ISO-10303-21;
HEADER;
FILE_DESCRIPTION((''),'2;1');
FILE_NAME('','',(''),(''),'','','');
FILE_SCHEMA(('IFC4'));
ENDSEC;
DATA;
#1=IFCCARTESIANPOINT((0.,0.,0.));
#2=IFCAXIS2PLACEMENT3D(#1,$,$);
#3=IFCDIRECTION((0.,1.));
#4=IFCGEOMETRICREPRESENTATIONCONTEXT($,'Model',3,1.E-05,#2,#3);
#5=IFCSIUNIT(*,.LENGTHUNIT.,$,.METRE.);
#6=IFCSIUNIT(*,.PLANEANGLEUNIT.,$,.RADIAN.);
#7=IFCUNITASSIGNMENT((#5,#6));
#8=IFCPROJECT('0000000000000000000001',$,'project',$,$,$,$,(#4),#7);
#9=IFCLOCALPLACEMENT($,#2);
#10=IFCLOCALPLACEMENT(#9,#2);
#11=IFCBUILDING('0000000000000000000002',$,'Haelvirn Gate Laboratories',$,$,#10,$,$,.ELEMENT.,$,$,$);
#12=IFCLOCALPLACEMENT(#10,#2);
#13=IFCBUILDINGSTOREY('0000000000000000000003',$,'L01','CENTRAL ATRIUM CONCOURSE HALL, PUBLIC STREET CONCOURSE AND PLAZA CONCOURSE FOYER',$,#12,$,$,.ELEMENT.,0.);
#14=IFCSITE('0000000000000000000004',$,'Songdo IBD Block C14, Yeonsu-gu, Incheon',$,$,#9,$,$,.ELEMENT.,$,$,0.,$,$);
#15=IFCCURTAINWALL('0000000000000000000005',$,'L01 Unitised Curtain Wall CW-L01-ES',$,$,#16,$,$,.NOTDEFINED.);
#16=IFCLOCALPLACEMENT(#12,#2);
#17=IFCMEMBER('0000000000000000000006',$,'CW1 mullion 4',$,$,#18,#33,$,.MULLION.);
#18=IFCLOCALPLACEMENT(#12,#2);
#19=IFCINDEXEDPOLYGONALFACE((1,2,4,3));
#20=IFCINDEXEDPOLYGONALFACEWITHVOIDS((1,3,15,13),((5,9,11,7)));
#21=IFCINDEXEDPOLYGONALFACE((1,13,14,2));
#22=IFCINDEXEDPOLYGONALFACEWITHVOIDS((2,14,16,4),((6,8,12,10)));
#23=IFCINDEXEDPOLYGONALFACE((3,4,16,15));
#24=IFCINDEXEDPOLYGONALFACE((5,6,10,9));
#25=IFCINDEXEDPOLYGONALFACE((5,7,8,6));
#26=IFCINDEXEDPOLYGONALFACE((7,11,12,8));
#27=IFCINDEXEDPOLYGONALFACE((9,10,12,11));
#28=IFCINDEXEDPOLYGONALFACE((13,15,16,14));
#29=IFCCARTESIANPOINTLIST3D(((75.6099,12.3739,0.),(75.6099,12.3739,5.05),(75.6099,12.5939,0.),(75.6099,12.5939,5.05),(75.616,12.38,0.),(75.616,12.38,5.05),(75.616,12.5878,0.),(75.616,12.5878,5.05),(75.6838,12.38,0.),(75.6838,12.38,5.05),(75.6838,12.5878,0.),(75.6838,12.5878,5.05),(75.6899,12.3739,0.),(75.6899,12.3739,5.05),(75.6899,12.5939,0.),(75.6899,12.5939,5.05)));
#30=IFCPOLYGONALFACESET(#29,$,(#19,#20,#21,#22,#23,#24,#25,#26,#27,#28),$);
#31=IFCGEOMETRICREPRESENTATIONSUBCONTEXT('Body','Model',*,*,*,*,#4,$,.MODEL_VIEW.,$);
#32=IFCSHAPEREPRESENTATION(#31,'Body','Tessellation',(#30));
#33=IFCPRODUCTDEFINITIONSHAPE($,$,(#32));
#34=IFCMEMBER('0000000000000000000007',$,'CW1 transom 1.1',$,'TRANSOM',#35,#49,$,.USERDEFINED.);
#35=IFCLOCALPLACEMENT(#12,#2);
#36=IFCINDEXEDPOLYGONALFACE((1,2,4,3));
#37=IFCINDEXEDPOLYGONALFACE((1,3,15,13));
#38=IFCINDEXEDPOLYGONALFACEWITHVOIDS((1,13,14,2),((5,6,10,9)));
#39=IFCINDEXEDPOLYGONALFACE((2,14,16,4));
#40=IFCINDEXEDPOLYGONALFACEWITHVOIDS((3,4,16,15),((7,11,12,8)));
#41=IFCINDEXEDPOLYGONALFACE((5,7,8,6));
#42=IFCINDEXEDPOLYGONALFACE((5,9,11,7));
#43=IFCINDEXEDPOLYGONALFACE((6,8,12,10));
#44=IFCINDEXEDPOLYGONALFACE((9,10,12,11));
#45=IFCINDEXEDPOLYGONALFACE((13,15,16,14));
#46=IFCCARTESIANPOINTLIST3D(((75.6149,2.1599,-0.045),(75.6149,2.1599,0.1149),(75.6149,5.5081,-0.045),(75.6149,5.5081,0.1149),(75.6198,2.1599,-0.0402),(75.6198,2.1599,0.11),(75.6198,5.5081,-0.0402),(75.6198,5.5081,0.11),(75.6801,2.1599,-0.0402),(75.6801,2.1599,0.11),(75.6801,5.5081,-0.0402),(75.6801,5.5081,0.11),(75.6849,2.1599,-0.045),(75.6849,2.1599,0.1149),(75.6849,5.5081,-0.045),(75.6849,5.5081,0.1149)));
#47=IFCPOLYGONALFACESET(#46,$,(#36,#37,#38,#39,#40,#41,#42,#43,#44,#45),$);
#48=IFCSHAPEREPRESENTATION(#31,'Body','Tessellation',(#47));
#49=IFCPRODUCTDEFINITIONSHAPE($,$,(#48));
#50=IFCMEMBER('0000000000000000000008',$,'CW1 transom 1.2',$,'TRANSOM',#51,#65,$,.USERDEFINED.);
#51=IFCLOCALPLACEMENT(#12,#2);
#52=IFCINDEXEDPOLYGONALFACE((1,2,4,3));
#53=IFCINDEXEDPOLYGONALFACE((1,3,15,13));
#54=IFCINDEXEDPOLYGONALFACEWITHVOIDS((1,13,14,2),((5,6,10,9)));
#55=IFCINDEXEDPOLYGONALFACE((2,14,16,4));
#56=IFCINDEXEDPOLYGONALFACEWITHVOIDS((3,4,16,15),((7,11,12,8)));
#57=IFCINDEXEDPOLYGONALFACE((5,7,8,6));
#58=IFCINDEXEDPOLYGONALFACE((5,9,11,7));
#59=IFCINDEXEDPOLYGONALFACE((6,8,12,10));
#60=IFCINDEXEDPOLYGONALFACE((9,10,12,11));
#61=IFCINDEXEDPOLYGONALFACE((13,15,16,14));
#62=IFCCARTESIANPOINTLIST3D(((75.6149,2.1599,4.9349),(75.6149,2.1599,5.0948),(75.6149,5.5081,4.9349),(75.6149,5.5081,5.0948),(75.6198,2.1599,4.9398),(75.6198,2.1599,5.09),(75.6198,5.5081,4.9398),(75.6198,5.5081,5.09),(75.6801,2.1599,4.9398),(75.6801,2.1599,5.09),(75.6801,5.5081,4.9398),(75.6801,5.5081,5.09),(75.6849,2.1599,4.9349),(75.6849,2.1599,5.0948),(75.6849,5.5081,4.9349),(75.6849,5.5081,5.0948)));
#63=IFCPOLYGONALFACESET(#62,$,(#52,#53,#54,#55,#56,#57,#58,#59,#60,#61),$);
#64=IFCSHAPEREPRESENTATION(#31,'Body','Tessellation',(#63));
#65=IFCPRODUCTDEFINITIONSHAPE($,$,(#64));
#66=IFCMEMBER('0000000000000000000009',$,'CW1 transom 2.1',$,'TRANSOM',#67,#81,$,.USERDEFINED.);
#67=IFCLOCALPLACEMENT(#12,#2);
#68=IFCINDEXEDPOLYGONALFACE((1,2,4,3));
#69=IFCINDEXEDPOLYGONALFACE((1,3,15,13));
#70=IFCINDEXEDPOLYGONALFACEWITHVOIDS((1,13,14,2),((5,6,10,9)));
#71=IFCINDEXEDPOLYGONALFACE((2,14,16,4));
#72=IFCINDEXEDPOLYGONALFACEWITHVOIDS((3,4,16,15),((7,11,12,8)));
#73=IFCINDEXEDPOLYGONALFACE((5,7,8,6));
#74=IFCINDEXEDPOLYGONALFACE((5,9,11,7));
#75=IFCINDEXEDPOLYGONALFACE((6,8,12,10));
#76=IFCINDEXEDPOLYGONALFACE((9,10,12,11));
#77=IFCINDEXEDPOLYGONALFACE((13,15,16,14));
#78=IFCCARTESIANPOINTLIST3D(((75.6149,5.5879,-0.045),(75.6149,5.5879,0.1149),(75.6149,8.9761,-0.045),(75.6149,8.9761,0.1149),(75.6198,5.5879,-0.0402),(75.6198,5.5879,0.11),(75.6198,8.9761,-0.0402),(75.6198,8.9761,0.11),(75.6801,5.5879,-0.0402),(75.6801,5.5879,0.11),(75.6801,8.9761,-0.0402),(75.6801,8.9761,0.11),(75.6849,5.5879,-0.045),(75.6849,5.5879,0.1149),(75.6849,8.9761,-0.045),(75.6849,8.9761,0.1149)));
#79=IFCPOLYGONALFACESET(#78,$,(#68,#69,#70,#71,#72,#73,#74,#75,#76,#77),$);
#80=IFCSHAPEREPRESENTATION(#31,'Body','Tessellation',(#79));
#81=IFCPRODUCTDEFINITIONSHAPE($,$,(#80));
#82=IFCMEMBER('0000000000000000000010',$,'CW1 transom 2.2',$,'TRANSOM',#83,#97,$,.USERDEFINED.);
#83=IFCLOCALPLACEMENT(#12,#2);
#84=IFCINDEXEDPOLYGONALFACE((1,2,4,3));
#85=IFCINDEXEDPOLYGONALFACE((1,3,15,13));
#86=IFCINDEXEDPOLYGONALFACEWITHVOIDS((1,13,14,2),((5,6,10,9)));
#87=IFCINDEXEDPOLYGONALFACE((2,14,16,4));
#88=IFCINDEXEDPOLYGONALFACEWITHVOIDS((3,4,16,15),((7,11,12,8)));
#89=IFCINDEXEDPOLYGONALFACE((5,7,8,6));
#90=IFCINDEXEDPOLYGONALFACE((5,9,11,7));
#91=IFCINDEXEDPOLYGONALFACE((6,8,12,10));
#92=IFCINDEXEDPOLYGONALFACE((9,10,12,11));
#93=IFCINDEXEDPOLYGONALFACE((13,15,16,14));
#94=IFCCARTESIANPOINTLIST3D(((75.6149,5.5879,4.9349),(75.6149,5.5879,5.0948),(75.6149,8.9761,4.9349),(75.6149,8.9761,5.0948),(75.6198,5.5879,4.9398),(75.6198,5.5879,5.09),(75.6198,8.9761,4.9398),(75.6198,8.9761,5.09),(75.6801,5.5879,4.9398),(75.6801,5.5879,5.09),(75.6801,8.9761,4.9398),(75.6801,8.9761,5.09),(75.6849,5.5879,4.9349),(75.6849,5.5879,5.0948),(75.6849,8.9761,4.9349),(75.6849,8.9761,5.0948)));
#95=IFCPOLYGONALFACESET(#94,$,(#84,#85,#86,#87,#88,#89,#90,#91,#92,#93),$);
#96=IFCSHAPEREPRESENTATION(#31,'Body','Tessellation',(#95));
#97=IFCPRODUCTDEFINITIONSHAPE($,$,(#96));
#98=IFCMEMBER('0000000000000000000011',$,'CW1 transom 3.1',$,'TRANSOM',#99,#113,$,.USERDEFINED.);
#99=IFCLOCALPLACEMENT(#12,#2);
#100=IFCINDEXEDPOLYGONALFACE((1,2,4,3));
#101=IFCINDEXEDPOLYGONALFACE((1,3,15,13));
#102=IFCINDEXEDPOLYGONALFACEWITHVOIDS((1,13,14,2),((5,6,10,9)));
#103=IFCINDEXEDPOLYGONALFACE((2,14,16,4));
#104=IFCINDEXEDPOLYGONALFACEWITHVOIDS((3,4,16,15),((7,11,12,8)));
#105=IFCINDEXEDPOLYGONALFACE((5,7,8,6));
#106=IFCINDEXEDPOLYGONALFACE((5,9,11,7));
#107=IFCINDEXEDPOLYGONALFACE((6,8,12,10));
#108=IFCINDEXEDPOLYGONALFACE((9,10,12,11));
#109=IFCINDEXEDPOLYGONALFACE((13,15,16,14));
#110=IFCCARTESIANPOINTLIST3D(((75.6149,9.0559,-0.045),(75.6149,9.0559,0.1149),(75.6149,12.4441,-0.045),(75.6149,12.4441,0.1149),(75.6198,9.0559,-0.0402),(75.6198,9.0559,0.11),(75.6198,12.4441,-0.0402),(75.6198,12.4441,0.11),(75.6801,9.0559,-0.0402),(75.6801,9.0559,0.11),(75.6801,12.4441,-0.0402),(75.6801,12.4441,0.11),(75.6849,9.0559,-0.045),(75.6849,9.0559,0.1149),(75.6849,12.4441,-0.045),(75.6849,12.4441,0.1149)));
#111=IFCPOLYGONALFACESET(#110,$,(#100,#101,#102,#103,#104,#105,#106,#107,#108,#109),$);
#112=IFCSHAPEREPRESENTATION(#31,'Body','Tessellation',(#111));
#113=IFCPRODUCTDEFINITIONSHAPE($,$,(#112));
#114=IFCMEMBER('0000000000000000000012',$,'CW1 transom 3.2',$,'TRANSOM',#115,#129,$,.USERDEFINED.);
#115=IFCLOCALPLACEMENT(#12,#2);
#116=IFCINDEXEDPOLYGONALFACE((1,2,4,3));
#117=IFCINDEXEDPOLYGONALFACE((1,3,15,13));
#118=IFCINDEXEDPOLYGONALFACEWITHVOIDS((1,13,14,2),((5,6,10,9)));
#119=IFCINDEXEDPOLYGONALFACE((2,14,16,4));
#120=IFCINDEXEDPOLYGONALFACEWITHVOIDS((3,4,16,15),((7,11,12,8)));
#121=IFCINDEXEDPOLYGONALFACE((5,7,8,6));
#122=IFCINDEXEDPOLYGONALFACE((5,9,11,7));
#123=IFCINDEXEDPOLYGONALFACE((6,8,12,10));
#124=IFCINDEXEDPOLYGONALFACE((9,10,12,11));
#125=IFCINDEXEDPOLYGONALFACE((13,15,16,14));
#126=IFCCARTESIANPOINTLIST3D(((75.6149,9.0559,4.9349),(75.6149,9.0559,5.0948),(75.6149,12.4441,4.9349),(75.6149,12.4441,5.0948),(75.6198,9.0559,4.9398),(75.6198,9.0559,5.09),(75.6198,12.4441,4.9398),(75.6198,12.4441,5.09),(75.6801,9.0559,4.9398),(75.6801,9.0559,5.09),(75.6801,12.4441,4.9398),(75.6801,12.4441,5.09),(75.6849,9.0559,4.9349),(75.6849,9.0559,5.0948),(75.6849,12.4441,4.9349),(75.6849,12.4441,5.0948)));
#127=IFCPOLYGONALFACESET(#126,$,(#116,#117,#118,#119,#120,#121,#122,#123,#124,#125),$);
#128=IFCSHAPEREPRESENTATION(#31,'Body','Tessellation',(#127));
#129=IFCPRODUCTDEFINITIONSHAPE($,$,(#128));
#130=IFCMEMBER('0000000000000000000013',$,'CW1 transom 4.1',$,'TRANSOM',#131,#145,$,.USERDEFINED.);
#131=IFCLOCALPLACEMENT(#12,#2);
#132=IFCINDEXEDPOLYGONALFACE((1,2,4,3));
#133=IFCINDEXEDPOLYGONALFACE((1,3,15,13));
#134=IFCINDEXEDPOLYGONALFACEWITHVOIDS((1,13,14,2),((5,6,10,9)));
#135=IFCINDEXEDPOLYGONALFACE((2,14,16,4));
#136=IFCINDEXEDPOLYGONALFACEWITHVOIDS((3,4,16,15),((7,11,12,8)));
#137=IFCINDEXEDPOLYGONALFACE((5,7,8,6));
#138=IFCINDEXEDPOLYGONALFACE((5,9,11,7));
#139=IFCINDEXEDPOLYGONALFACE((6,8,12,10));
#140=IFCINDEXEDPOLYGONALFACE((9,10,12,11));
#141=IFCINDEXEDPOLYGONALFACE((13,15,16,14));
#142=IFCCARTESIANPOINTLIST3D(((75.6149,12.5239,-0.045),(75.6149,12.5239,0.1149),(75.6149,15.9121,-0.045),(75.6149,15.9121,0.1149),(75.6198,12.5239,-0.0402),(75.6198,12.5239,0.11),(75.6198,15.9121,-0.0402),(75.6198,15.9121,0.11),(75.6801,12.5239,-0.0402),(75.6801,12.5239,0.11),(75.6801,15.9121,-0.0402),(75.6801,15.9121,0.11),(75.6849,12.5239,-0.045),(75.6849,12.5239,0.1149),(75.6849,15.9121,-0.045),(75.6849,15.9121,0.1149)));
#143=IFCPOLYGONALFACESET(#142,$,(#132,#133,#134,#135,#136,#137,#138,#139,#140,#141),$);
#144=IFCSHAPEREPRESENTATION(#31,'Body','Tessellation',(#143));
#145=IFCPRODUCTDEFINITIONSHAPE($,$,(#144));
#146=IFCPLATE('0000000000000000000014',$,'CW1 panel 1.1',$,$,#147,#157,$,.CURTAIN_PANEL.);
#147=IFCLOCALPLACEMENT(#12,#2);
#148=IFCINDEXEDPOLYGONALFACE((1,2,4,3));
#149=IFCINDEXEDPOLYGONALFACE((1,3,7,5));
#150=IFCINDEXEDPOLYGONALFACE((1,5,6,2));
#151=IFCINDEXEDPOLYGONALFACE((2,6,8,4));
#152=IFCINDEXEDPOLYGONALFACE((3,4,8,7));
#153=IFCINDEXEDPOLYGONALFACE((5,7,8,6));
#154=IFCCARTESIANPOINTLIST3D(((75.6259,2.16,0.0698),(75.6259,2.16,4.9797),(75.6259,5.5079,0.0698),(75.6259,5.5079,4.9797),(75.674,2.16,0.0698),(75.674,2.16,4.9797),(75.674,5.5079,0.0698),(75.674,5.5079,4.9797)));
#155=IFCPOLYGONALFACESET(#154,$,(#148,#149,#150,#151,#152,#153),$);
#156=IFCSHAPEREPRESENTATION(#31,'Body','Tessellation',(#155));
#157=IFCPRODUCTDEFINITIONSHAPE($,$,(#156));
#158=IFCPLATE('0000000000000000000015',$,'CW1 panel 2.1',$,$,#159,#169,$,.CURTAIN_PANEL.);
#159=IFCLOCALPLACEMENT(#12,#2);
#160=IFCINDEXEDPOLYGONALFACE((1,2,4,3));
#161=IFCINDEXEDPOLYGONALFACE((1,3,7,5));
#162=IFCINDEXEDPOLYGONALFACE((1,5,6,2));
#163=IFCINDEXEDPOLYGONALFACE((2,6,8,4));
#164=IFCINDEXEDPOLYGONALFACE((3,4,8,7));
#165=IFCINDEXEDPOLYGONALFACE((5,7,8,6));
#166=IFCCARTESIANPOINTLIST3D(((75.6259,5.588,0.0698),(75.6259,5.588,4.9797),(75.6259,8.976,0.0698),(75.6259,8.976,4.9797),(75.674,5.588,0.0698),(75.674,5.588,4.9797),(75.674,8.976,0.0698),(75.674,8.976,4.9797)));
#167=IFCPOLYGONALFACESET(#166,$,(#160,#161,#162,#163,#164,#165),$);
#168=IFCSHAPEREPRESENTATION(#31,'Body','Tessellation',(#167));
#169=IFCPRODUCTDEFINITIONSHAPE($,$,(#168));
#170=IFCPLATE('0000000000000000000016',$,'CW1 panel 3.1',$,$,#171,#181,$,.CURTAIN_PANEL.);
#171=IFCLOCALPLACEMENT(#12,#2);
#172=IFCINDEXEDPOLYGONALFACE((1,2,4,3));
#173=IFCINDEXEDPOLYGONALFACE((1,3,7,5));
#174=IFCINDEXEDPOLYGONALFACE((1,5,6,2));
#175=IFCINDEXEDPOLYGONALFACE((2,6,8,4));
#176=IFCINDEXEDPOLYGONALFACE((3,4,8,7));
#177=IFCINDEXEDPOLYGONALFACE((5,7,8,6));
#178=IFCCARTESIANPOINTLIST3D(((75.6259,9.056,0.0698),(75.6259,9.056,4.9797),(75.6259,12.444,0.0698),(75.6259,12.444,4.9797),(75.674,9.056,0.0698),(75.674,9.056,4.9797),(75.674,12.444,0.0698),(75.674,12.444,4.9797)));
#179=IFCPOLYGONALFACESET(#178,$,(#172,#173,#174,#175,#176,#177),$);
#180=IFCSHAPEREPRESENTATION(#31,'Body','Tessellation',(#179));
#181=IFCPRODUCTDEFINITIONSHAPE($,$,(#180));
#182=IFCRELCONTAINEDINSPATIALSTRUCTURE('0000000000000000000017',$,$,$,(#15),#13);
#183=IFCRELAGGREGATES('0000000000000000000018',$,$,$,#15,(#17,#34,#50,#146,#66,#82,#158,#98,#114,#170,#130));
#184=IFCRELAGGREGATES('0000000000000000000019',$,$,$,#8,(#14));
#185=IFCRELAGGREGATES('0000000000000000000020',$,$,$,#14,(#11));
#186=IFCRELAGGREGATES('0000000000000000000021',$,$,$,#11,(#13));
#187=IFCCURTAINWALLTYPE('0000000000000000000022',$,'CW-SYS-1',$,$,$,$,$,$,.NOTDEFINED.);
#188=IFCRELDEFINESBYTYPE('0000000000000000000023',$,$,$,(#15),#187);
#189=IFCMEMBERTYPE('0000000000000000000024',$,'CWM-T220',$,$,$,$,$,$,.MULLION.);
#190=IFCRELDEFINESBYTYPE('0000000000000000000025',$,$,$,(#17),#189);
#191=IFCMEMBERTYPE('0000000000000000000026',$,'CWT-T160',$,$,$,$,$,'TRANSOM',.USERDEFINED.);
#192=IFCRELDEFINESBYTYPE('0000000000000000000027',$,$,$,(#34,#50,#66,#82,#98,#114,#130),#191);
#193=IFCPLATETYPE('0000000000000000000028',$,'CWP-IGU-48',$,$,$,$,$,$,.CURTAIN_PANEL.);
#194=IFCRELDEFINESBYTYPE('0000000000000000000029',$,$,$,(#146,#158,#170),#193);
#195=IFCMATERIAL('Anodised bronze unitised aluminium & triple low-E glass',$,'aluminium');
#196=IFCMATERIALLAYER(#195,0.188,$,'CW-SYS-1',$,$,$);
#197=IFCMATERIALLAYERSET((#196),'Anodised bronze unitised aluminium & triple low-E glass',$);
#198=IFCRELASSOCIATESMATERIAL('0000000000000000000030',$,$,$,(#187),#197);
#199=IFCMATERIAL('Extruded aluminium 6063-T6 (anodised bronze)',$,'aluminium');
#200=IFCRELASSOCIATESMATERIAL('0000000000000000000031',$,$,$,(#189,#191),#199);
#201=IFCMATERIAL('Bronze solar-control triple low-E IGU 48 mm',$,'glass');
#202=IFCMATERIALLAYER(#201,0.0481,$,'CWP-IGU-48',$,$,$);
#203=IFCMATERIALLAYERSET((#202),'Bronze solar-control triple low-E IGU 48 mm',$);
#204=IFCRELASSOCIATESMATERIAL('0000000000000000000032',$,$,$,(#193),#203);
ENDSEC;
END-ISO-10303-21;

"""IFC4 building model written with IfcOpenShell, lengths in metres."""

from ifc_helpers import new_model, si_unit, direction, frame, origin, origin_2d, place, context, subcontext, project, spatial, rectangle, hollow_rectangle, extrude, source, transform, mapped, material, layer, layer_set, material_profile, profile_set, type_object, type_shapes, element, aggregate, save


model = new_model("IFC4")

# Units and contexts
model_context = context("Model", 3, precision=1e-05, world=origin(), true_north=direction((0.0, 1.0)))
body_context = subcontext(model_context, "Body", "Model", "MODEL_VIEW")
ifc_project = project(units=[si_unit("LENGTHUNIT", "METRE"), si_unit("PLANEANGLEUNIT", "RADIAN")], contexts=[model_context])

# Site, building, storey
site_placement = place(None, origin())
site = spatial("IfcSite", under=ifc_project, at=site_placement, Name="Songdo IBD Block C14, Yeonsu-gu, Incheon", CompositionType="ELEMENT", RefElevation=0.0)
building_placement = place(site_placement, origin())
building = spatial("IfcBuilding", under=site, at=building_placement, Name="Haelvirn Gate Laboratories", CompositionType="ELEMENT")
storey_placement = place(building_placement, origin())
storey = spatial("IfcBuildingStorey", under=building, at=storey_placement, Name="L01", Description="CENTRAL ATRIUM CONCOURSE HALL, PUBLIC STREET CONCOURSE AND PLAZA CONCOURSE FOYER", CompositionType="ELEMENT", Elevation=0.0)

# Curtain wall, members, plates
ifc_material_1 = material(Name="Anodised bronze unitised aluminium & triple low-E glass", Category="aluminium")
ifc_layer_1 = layer(ifc_material_1, 0.188, Name="CW-SYS-1")
ifc_layer_set_1 = layer_set([ifc_layer_1], Name="Anodised bronze unitised aluminium & triple low-E glass")
curtain_wall_type = type_object("IfcCurtainWallType", Name="CW-SYS-1", PredefinedType="NOTDEFINED", material=ifc_layer_set_1)
curtain_wall_placement = place(storey_placement, origin())
curtain_wall = element("IfcCurtainWall", 1, at=curtain_wall_placement, inside=storey, type_object=curtain_wall_type, Name="L01 Unitised Curtain Wall CW-L01-ES", PredefinedType="NOTDEFINED")
ifc_material_2 = material(Name="Extruded aluminium 6063-T6 (anodised bronze)", Category="aluminium")
ifc_material_profile_1 = material_profile(ifc_material_2, hollow_rectangle(XDim=0.0801, YDim=0.22, WallThickness=0.0061, at=origin_2d()), Name="CWM-220x80x6")
ifc_profile_set_1 = profile_set([ifc_material_profile_1], Name="Extruded aluminium 6063-T6 (anodised bronze)")
member_type_1 = type_object("IfcMemberType", Name="CWM-T220", PredefinedType="MULLION", material=ifc_profile_set_1)
shared_shape_1 = source(origin(), body_context, "Body", "SweptSolid", [
    extrude(hollow_rectangle(XDim=0.0801, YDim=0.22, WallThickness=0.0061, at=origin_2d()), origin(), (0.0, 0.0, 1.0), 5.05),
])
type_shapes(member_type_1, [shared_shape_1])
member_1_placement = place(storey_placement, frame((75.6499, 12.4839, 0.0), z_axis=(0.0, 0.0, 1.0), x_axis=(-1.0, 0.0, 0.0)))
member_1 = element("IfcMember", 2, at=member_1_placement, type_object=member_type_1, Name="CW1 mullion 4", PredefinedType="MULLION", context=body_context, shape_type="MappedRepresentation", body=[
    mapped(shared_shape_1, transform((0.0, 0.0, 0.0), scale=1.0)),
])
ifc_material_profile_2 = material_profile(ifc_material_2, hollow_rectangle(XDim=0.0701, YDim=0.1599, WallThickness=0.0049, at=origin_2d()), Name="CWT-160x70x5")
ifc_profile_set_2 = profile_set([ifc_material_profile_2], Name="Extruded aluminium 6063-T6 (anodised bronze)")
member_type_2 = type_object("IfcMemberType", Name="CWT-T160", ElementType="TRANSOM", PredefinedType="USERDEFINED", material=ifc_profile_set_2)
shared_shape_2 = source(origin(), body_context, "Body", "SweptSolid", [
    extrude(hollow_rectangle(XDim=0.0701, YDim=0.1599, WallThickness=0.0049, at=origin_2d()), origin(), (0.0, 0.0, 1.0), 3.3481),
])
member_2_placement = place(storey_placement, frame((75.6499, 2.1599, 0.0349), z_axis=(0.0, 1.0, 0.0), x_axis=(-1.0, 0.0, 0.0)))
member_2 = element("IfcMember", 3, at=member_2_placement, type_object=member_type_2, Name="CW1 transom 1.1", ObjectType="TRANSOM", PredefinedType="USERDEFINED", context=body_context, shape_type="MappedRepresentation", body=[
    mapped(shared_shape_2, transform((0.0, 0.0, 0.0), scale=1.0)),
])
member_3_placement = place(storey_placement, frame((75.6499, 2.1599, 5.0149), z_axis=(0.0, 1.0, 0.0), x_axis=(-1.0, 0.0, 0.0)))
member_3 = element("IfcMember", 4, at=member_3_placement, type_object=member_type_2, Name="CW1 transom 1.2", ObjectType="TRANSOM", PredefinedType="USERDEFINED", context=body_context, shape_type="MappedRepresentation", body=[
    mapped(shared_shape_2, transform((0.0, 0.0, 0.0), scale=1.0)),
])
shared_shape_3 = source(origin(), body_context, "Body", "SweptSolid", [
    extrude(hollow_rectangle(XDim=0.0701, YDim=0.1599, WallThickness=0.0049, at=origin_2d()), origin(), (0.0, 0.0, 1.0), 3.3882),
])
type_shapes(member_type_2, [shared_shape_2, shared_shape_3])
member_4_placement = place(storey_placement, frame((75.6499, 5.5879, 0.0349), z_axis=(0.0, 1.0, 0.0), x_axis=(-1.0, 0.0, 0.0)))
member_4 = element("IfcMember", 5, at=member_4_placement, type_object=member_type_2, Name="CW1 transom 2.1", ObjectType="TRANSOM", PredefinedType="USERDEFINED", context=body_context, shape_type="MappedRepresentation", body=[
    mapped(shared_shape_3, transform((0.0, 0.0, 0.0), scale=1.0)),
])
member_5_placement = place(storey_placement, frame((75.6499, 5.5879, 5.0149), z_axis=(0.0, 1.0, 0.0), x_axis=(-1.0, 0.0, 0.0)))
member_5 = element("IfcMember", 6, at=member_5_placement, type_object=member_type_2, Name="CW1 transom 2.2", ObjectType="TRANSOM", PredefinedType="USERDEFINED", context=body_context, shape_type="MappedRepresentation", body=[
    mapped(shared_shape_3, transform((0.0, 0.0, 0.0), scale=1.0)),
])
member_6_placement = place(storey_placement, frame((75.6499, 9.0559, 0.0349), z_axis=(0.0, 1.0, 0.0), x_axis=(-1.0, 0.0, 0.0)))
member_6 = element("IfcMember", 7, at=member_6_placement, type_object=member_type_2, Name="CW1 transom 3.1", ObjectType="TRANSOM", PredefinedType="USERDEFINED", context=body_context, shape_type="MappedRepresentation", body=[
    mapped(shared_shape_3, transform((0.0, 0.0, 0.0), scale=1.0)),
])
member_7_placement = place(storey_placement, frame((75.6499, 9.0559, 5.0149), z_axis=(0.0, 1.0, 0.0), x_axis=(-1.0, 0.0, 0.0)))
member_7 = element("IfcMember", 8, at=member_7_placement, type_object=member_type_2, Name="CW1 transom 3.2", ObjectType="TRANSOM", PredefinedType="USERDEFINED", context=body_context, shape_type="MappedRepresentation", body=[
    mapped(shared_shape_3, transform((0.0, 0.0, 0.0), scale=1.0)),
])
member_8_placement = place(storey_placement, frame((75.6499, 12.5239, 0.0349), z_axis=(0.0, 1.0, 0.0), x_axis=(-1.0, 0.0, 0.0)))
member_8 = element("IfcMember", 9, at=member_8_placement, type_object=member_type_2, Name="CW1 transom 4.1", ObjectType="TRANSOM", PredefinedType="USERDEFINED", context=body_context, shape_type="MappedRepresentation", body=[
    mapped(shared_shape_3, transform((0.0, 0.0, 0.0), scale=1.0)),
])
ifc_material_3 = material(Name="Bronze solar-control triple low-E IGU 48 mm", Category="glass")
ifc_layer_2 = layer(ifc_material_3, 0.0481, Name="CWP-IGU-48")
ifc_layer_set_2 = layer_set([ifc_layer_2], Name="Bronze solar-control triple low-E IGU 48 mm")
plate_type = type_object("IfcPlateType", Name="CWP-IGU-48", PredefinedType="CURTAIN_PANEL", material=ifc_layer_set_2)
shared_shape_4 = source(origin(), body_context, "Body", "SweptSolid", [
    extrude(rectangle(XDim=3.3479, YDim=0.0481, at=origin_2d()), origin(), (0.0, 0.0, 1.0), 4.9099),
])
plate_1_placement = place(storey_placement, frame((75.6499, 3.834, 0.0698), z_axis=(0.0, 0.0, 1.0), x_axis=(0.0, 1.0, 0.0)))
plate_1 = element("IfcPlate", 10, at=plate_1_placement, type_object=plate_type, Name="CW1 panel 1.1", PredefinedType="CURTAIN_PANEL", context=body_context, shape_type="MappedRepresentation", body=[
    mapped(shared_shape_4, transform((0.0, 0.0, 0.0), scale=1.0)),
])
shared_shape_5 = source(origin(), body_context, "Body", "SweptSolid", [
    extrude(rectangle(XDim=3.3879, YDim=0.0481, at=origin_2d()), origin(), (0.0, 0.0, 1.0), 4.9099),
])
type_shapes(plate_type, [shared_shape_4, shared_shape_5])
plate_2_placement = place(storey_placement, frame((75.6499, 7.282, 0.0698), z_axis=(0.0, 0.0, 1.0), x_axis=(0.0, 1.0, 0.0)))
plate_2 = element("IfcPlate", 11, at=plate_2_placement, type_object=plate_type, Name="CW1 panel 2.1", PredefinedType="CURTAIN_PANEL", context=body_context, shape_type="MappedRepresentation", body=[
    mapped(shared_shape_5, transform((0.0, 0.0, 0.0), scale=1.0)),
])
plate_3_placement = place(storey_placement, frame((75.6499, 10.75, 0.0698), z_axis=(0.0, 0.0, 1.0), x_axis=(0.0, 1.0, 0.0)))
plate_3 = element("IfcPlate", 12, at=plate_3_placement, type_object=plate_type, Name="CW1 panel 3.1", PredefinedType="CURTAIN_PANEL", context=body_context, shape_type="MappedRepresentation", body=[
    mapped(shared_shape_5, transform((0.0, 0.0, 0.0), scale=1.0)),
])
aggregate(curtain_wall, [member_1, member_2, member_3, plate_1, member_4, member_5, plate_2, member_6, member_7, plate_3, member_8])

save(model, "model.ifc")
